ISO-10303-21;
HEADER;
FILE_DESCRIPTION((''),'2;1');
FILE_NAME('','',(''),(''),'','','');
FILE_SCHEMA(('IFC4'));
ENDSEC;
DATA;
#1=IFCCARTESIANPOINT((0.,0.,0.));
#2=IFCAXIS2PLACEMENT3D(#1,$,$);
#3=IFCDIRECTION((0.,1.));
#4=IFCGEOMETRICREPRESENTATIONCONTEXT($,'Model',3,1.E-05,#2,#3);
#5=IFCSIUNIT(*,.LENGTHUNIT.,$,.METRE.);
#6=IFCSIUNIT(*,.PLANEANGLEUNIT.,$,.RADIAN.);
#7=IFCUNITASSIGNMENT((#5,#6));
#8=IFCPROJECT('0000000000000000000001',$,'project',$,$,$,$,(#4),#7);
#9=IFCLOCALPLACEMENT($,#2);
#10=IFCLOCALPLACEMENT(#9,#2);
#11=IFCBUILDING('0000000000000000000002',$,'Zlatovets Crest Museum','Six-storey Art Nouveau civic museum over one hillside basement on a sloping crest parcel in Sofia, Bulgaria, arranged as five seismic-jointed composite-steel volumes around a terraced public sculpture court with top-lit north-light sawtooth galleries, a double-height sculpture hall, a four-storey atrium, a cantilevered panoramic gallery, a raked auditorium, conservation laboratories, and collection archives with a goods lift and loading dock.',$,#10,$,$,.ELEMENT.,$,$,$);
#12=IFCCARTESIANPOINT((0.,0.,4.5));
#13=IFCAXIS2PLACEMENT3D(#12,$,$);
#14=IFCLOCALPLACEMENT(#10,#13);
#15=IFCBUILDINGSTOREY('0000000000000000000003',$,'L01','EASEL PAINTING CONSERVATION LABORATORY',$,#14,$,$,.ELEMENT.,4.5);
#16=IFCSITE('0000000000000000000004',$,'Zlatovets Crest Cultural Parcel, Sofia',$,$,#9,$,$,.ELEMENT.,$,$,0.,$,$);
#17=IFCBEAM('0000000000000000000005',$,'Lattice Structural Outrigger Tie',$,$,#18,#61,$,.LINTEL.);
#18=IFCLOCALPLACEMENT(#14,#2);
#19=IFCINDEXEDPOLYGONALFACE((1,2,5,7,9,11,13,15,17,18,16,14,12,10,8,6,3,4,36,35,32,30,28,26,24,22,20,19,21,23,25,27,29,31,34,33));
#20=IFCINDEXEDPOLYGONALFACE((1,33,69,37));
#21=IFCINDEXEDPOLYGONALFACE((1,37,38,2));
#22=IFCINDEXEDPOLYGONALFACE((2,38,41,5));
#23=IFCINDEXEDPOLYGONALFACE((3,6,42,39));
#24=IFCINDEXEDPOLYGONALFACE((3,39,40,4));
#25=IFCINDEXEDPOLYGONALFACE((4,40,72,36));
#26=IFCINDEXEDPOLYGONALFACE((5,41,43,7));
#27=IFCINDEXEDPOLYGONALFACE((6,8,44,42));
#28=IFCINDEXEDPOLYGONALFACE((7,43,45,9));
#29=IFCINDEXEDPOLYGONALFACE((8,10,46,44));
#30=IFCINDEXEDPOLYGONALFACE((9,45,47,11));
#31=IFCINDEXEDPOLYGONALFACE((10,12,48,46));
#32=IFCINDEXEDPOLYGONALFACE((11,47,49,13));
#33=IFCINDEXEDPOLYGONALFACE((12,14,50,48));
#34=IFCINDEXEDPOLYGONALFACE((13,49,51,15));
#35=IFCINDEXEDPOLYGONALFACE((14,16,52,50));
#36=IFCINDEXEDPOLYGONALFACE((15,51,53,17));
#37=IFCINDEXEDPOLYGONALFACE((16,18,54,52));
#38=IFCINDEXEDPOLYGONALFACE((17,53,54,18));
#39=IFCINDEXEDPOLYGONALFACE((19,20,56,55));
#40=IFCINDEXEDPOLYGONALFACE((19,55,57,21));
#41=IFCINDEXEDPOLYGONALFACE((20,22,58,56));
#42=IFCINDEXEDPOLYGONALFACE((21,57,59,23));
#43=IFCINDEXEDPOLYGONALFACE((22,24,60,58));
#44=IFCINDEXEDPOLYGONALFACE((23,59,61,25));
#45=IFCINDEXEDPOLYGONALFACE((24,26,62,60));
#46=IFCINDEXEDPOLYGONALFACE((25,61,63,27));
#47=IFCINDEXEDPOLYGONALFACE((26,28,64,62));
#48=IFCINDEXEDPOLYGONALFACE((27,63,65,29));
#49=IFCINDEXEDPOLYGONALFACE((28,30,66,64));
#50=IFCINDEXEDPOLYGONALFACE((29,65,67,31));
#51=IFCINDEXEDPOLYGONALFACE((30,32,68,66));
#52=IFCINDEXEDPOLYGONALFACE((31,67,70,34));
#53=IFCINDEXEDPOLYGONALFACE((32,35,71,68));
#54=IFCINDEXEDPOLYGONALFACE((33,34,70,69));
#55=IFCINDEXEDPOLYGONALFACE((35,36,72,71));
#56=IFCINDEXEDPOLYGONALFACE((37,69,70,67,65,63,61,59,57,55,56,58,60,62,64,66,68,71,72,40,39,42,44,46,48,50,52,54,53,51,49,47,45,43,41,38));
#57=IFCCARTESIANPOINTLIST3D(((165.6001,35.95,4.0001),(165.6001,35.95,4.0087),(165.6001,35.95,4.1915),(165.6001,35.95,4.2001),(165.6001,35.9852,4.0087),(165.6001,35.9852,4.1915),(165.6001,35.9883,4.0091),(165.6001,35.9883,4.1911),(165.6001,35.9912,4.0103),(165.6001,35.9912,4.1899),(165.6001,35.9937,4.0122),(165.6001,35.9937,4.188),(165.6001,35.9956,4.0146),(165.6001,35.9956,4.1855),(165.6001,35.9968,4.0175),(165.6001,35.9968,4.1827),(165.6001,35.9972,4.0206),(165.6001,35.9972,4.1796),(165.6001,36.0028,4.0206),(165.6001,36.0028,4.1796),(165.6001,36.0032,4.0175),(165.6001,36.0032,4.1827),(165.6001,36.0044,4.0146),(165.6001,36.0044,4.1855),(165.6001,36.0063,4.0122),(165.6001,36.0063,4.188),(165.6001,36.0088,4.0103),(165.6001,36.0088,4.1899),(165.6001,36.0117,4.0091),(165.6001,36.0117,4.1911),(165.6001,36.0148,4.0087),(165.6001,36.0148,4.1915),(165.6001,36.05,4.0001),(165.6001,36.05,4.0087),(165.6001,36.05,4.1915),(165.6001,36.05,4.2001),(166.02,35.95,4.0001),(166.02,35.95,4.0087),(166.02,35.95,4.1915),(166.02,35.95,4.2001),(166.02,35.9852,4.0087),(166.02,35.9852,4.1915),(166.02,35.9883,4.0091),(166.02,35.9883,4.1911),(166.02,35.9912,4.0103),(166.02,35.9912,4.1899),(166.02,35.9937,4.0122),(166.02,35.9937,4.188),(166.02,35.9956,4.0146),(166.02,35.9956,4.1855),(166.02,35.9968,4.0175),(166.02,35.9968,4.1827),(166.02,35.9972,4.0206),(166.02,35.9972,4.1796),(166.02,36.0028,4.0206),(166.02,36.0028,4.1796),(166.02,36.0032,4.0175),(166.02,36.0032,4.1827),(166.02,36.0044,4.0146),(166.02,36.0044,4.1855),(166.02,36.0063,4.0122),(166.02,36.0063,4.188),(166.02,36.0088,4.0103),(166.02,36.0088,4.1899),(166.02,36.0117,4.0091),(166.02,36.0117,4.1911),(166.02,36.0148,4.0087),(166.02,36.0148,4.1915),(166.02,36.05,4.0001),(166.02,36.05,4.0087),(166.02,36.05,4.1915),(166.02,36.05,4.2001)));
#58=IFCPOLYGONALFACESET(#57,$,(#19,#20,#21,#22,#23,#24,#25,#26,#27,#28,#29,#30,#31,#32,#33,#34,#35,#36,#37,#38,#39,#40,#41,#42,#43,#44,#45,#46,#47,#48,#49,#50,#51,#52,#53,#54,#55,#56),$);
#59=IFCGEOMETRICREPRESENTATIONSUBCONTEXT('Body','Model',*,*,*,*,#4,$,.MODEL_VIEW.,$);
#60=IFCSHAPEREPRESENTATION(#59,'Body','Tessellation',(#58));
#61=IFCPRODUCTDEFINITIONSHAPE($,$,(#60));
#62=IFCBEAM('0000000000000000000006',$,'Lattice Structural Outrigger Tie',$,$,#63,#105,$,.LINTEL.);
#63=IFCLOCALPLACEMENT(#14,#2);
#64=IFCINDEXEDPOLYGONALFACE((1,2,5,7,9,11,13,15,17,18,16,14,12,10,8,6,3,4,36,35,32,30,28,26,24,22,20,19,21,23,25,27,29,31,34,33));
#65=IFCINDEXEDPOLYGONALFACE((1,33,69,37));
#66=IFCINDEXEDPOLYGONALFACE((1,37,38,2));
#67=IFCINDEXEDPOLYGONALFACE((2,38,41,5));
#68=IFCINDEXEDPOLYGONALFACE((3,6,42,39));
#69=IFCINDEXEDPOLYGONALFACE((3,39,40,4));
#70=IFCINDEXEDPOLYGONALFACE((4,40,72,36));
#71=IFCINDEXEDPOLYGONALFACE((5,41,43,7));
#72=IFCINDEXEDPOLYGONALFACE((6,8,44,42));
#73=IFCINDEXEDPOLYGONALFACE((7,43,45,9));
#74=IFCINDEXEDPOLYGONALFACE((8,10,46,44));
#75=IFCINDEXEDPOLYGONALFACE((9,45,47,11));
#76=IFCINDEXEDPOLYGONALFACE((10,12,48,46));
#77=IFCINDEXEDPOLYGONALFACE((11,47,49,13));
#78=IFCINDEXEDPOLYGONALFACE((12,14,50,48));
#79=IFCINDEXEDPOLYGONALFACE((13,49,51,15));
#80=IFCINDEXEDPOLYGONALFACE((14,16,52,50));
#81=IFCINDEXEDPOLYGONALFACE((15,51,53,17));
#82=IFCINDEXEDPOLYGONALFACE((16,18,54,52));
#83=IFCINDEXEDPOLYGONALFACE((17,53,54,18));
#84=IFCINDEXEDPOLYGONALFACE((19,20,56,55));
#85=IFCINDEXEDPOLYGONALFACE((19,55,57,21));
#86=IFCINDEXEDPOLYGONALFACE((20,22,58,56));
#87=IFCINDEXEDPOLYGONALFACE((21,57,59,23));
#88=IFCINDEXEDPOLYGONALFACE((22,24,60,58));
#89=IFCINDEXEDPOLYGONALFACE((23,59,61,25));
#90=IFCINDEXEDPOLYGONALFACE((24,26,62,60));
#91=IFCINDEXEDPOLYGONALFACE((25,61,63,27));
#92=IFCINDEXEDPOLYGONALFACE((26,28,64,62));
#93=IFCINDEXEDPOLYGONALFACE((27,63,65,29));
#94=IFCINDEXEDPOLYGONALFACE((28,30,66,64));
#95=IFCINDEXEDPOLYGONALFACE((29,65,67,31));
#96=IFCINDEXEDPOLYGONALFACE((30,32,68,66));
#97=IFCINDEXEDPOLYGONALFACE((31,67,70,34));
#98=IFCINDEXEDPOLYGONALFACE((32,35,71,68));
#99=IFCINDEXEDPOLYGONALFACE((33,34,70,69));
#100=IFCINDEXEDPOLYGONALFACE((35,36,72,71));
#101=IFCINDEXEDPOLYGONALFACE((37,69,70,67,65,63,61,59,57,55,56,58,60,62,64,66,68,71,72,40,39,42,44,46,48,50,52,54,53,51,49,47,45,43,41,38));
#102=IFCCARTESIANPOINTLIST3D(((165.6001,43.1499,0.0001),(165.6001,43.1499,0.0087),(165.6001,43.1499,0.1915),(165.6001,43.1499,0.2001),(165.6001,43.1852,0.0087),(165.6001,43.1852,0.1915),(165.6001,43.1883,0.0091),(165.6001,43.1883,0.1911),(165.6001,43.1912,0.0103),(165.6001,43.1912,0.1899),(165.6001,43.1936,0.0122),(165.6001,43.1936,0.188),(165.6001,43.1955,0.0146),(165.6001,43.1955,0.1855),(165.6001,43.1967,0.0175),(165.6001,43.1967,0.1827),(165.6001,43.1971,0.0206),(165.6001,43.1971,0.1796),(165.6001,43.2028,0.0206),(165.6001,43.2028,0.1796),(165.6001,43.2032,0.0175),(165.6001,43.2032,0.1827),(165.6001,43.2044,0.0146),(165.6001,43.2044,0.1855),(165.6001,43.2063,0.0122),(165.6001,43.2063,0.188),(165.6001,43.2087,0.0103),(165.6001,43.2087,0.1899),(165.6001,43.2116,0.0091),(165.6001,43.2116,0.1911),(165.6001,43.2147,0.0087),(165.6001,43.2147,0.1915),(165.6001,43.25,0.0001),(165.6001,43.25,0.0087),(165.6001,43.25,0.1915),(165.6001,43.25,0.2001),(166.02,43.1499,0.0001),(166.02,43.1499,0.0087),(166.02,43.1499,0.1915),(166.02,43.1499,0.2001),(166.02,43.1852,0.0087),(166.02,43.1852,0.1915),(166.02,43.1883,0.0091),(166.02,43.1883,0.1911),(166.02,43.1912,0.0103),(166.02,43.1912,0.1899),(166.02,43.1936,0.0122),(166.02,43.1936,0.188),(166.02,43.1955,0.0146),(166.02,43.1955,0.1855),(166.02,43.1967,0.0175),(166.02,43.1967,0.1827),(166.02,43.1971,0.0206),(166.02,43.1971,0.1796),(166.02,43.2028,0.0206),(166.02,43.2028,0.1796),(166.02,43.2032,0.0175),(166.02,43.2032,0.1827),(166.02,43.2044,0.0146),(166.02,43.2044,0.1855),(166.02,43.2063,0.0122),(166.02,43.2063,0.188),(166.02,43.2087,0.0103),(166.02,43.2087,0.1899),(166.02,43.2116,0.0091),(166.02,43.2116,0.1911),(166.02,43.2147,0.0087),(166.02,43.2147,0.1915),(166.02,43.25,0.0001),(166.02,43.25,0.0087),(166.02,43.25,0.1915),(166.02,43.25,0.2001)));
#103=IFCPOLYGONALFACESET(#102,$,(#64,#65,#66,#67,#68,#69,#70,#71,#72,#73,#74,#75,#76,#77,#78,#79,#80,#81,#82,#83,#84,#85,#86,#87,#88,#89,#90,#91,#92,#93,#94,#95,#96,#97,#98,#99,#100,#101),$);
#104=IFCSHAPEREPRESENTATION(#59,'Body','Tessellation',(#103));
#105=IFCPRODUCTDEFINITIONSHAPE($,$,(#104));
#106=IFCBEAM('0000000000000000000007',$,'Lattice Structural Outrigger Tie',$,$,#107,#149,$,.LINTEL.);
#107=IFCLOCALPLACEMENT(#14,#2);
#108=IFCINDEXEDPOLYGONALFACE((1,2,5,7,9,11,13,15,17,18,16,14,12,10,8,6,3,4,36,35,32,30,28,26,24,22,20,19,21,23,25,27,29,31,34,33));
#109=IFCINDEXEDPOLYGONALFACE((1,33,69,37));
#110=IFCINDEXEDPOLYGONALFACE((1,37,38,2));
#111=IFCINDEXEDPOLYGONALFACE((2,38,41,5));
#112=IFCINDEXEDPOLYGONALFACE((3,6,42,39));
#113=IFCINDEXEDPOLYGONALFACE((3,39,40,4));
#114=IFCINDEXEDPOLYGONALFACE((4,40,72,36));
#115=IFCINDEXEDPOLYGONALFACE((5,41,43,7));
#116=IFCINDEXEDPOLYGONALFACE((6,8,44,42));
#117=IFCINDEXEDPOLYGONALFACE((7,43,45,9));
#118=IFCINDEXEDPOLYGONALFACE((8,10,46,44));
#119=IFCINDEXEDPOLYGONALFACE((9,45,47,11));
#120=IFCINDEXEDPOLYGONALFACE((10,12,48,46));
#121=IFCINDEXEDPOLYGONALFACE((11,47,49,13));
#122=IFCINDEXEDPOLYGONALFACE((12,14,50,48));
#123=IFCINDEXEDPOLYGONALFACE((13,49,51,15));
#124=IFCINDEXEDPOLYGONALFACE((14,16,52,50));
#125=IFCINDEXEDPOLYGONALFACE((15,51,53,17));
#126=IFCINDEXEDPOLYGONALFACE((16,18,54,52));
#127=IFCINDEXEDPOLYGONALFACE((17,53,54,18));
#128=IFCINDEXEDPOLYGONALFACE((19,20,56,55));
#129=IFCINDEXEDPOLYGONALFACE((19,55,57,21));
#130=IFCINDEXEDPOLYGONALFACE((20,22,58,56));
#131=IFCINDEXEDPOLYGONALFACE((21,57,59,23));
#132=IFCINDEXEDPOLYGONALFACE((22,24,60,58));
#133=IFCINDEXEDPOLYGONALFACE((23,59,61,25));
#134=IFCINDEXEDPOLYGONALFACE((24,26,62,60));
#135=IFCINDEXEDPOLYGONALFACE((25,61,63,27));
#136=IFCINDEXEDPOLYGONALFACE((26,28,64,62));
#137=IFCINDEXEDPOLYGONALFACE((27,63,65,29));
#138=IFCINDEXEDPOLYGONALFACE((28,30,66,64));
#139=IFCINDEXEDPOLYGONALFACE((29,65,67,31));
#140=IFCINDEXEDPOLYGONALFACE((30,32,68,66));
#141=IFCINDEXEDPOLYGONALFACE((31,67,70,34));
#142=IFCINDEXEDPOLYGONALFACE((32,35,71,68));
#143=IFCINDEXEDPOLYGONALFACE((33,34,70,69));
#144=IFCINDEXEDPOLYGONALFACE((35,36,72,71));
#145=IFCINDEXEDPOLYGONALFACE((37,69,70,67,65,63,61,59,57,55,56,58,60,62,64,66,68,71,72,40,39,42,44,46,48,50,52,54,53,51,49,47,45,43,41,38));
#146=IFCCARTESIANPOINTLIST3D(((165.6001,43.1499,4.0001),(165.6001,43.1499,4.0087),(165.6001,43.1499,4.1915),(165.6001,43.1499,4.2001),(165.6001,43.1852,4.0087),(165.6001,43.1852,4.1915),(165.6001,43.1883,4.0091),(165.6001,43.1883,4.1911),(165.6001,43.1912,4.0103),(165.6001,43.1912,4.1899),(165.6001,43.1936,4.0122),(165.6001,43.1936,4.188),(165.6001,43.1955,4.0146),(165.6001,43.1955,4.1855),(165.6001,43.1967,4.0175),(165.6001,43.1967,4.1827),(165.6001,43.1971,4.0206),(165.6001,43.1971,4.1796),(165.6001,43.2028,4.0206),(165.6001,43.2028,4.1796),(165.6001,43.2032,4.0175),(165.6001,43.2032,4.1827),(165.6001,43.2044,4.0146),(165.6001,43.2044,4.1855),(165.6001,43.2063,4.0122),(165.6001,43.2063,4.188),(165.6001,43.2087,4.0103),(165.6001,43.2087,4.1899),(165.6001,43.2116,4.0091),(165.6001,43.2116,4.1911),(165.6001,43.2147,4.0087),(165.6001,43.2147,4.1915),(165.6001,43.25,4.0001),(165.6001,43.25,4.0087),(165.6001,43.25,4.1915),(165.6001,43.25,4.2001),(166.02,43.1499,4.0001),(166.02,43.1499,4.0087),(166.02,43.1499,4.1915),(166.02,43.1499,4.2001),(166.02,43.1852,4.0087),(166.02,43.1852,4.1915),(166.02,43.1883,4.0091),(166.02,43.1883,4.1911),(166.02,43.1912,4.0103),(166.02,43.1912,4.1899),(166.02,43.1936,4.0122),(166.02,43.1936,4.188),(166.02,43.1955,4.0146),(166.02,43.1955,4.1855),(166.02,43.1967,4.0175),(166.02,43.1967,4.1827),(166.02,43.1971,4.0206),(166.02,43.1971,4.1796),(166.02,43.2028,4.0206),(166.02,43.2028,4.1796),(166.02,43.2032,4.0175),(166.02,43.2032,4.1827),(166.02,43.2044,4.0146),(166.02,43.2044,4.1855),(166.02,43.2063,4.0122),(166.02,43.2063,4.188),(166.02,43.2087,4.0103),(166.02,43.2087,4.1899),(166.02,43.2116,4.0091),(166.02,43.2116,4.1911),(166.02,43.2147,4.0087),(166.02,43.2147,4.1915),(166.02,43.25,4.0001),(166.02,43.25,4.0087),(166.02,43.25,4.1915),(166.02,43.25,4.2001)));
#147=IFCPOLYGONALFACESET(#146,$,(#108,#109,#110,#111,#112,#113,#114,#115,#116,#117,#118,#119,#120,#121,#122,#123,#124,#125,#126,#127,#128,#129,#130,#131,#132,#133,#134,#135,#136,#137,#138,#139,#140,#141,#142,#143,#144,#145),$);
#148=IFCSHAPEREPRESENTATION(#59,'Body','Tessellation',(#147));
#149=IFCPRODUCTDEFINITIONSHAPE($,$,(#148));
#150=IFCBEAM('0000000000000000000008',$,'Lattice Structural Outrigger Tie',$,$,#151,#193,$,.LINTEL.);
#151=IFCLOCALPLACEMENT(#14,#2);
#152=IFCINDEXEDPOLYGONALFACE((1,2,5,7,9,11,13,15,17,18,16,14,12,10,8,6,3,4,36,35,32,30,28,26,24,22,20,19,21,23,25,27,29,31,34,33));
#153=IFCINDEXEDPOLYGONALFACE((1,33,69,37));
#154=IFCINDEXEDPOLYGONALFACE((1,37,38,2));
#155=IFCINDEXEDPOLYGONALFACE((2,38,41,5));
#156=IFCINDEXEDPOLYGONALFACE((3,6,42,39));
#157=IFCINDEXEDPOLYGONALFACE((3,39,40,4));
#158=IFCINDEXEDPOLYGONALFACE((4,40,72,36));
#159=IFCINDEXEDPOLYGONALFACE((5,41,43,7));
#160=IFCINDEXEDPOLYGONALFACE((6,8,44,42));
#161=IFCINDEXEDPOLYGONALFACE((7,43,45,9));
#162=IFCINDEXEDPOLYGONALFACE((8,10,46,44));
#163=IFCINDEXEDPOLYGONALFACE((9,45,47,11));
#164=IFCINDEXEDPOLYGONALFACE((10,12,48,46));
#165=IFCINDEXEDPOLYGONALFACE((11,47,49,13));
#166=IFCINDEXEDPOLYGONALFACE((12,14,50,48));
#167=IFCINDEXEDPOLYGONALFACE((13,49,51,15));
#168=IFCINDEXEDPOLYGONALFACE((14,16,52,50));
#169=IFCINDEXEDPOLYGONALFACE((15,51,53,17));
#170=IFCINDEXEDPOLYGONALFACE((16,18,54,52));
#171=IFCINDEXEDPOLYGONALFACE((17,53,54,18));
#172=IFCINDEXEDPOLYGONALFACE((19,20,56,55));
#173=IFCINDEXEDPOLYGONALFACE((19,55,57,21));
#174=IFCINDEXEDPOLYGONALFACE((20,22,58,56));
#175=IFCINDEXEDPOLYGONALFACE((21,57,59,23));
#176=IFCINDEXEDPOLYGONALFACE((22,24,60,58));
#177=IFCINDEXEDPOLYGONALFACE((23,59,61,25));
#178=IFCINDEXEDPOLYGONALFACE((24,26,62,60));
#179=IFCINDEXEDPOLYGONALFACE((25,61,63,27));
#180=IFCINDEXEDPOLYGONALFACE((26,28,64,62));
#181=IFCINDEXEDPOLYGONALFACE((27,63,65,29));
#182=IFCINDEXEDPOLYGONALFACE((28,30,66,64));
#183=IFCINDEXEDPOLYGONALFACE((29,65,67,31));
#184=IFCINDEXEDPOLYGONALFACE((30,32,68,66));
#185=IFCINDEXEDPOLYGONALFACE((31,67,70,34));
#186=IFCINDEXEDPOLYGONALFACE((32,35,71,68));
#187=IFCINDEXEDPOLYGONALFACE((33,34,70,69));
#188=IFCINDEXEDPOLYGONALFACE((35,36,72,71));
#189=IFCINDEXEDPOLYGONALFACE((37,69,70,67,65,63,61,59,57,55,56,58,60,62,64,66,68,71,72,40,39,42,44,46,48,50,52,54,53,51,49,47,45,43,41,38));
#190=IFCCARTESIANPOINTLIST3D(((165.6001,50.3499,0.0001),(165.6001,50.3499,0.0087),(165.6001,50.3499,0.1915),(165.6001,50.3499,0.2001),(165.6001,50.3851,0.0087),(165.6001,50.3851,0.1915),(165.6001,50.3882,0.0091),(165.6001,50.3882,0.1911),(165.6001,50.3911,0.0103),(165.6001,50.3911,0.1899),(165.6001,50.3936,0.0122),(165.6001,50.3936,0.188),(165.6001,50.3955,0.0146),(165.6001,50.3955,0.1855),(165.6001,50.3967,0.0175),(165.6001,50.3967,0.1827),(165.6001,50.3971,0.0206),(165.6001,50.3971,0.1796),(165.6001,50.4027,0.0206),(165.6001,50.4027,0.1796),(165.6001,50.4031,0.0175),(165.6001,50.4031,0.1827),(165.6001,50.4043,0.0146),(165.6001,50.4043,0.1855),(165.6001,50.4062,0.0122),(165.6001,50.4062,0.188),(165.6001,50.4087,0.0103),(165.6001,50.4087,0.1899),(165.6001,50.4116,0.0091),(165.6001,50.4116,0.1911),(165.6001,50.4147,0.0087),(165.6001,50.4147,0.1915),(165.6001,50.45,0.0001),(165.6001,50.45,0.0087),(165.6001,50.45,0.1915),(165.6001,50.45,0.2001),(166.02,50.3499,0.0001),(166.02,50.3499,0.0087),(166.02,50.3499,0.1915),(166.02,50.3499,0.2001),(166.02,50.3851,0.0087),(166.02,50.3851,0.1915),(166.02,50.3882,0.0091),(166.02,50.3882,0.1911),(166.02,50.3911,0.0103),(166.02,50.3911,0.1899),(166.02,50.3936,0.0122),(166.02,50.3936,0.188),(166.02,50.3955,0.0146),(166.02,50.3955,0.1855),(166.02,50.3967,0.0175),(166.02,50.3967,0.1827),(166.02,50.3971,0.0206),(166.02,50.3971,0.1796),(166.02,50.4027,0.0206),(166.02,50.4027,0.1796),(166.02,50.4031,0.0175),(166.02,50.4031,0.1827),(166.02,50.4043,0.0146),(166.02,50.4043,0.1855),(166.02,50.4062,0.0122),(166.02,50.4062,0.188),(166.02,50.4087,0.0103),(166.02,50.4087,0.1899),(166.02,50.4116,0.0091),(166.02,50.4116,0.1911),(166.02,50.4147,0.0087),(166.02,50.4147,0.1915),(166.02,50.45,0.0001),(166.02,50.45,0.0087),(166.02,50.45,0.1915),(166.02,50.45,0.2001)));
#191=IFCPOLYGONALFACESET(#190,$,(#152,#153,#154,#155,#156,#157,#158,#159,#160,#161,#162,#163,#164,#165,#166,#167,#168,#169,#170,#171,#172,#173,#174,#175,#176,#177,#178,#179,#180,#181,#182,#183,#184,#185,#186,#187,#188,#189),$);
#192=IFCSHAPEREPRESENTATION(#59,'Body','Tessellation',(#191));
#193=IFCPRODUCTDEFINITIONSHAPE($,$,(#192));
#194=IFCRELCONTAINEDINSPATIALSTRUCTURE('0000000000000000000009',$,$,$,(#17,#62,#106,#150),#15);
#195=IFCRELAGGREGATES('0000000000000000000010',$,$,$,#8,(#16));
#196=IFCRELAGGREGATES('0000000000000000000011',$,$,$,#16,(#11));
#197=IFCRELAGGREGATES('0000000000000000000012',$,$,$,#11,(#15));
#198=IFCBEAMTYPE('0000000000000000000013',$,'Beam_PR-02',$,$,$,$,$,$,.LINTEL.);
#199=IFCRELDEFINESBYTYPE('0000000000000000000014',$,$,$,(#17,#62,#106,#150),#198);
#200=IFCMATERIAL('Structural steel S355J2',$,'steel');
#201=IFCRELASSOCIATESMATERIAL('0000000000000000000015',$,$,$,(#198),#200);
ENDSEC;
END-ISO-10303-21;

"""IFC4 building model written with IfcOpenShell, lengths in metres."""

from ifc_helpers import new_model, si_unit, direction, frame, origin, origin_2d, place, context, subcontext, project, spatial, i_section, extrude, material, material_profile, profile_set, type_object, element, save


model = new_model("IFC4")

# Units and contexts
model_context = context("Model", 3, precision=1e-05, world=origin(), true_north=direction((0.0, 1.0)))
body_context = subcontext(model_context, "Body", "Model", "MODEL_VIEW")
ifc_project = project(units=[si_unit("LENGTHUNIT", "METRE"), si_unit("PLANEANGLEUNIT", "RADIAN")], contexts=[model_context])

# Site, building, storey
site_placement = place(None, origin())
site = spatial("IfcSite", under=ifc_project, at=site_placement, Name="Zlatovets Crest Cultural Parcel, Sofia", CompositionType="ELEMENT", RefElevation=0.0)
building_placement = place(site_placement, origin())
building = spatial("IfcBuilding", under=site, at=building_placement, Name="Zlatovets Crest Museum", Description="Six-storey Art Nouveau civic museum over one hillside basement on a sloping crest parcel in Sofia, Bulgaria, arranged as five seismic-jointed composite-steel volumes around a terraced public sculpture court with top-lit north-light sawtooth galleries, a double-height sculpture hall, a four-storey atrium, a cantilevered panoramic gallery, a raked auditorium, conservation laboratories, and collection archives with a goods lift and loading dock.", CompositionType="ELEMENT")
storey_placement = place(building_placement, frame((0.0, 0.0, 4.5)))
storey = spatial("IfcBuildingStorey", under=building, at=storey_placement, Name="L01", Description="EASEL PAINTING CONSERVATION LABORATORY", CompositionType="ELEMENT", Elevation=4.5)

# Shared definitions
ifc_material_1 = material(Name="Structural steel S355J2", Category="steel")

# Beams
ifc_material_profile_1 = material_profile(ifc_material_1, i_section(OverallWidth=0.1001, OverallDepth=0.2, WebThickness=0.0056, FlangeThickness=0.0085, FilletRadius=0.012, at=origin_2d()), Name="IPE 200")
ifc_profile_set_1 = profile_set([ifc_material_profile_1], Name="Structural steel S355J2")
beam_type_1 = type_object("IfcBeamType", Name="Beam_PR-02", PredefinedType="LINTEL", material=ifc_profile_set_1)
for number, where, z_axis, x_axis, name in (
    (1, (165.6001, 36.0, 4.1001), (1.0, 0.0, 0.0), (0.0, 1.0, 0.0), "Lattice Structural Outrigger Tie"),
    (2, (165.6001, 43.2, 0.1001), (1.0, 0.0, 0.0), (0.0, 1.0, 0.0), "Lattice Structural Outrigger Tie"),
    (3, (165.6001, 43.2, 4.1001), (1.0, 0.0, 0.0), (0.0, 1.0, 0.0), "Lattice Structural Outrigger Tie"),
    (4, (165.6001, 50.3999, 0.1001), (1.0, 0.0, 0.0), (0.0, 1.0, 0.0), "Lattice Structural Outrigger Tie"),
):
    element("IfcBeam", number, at=place(storey_placement, frame(where, z_axis=z_axis, x_axis=x_axis)), inside=storey, type_object=beam_type_1, Name=name, PredefinedType="LINTEL", context=body_context, shape_type="SweptSolid", body=[
        extrude(i_section(OverallWidth=0.1001, OverallDepth=0.2, WebThickness=0.0056, FlangeThickness=0.0085, FilletRadius=0.012, at=origin_2d()), origin(), (0.0, 0.0, 1.0), 0.4199),
    ])

save(model, "model.ifc")
